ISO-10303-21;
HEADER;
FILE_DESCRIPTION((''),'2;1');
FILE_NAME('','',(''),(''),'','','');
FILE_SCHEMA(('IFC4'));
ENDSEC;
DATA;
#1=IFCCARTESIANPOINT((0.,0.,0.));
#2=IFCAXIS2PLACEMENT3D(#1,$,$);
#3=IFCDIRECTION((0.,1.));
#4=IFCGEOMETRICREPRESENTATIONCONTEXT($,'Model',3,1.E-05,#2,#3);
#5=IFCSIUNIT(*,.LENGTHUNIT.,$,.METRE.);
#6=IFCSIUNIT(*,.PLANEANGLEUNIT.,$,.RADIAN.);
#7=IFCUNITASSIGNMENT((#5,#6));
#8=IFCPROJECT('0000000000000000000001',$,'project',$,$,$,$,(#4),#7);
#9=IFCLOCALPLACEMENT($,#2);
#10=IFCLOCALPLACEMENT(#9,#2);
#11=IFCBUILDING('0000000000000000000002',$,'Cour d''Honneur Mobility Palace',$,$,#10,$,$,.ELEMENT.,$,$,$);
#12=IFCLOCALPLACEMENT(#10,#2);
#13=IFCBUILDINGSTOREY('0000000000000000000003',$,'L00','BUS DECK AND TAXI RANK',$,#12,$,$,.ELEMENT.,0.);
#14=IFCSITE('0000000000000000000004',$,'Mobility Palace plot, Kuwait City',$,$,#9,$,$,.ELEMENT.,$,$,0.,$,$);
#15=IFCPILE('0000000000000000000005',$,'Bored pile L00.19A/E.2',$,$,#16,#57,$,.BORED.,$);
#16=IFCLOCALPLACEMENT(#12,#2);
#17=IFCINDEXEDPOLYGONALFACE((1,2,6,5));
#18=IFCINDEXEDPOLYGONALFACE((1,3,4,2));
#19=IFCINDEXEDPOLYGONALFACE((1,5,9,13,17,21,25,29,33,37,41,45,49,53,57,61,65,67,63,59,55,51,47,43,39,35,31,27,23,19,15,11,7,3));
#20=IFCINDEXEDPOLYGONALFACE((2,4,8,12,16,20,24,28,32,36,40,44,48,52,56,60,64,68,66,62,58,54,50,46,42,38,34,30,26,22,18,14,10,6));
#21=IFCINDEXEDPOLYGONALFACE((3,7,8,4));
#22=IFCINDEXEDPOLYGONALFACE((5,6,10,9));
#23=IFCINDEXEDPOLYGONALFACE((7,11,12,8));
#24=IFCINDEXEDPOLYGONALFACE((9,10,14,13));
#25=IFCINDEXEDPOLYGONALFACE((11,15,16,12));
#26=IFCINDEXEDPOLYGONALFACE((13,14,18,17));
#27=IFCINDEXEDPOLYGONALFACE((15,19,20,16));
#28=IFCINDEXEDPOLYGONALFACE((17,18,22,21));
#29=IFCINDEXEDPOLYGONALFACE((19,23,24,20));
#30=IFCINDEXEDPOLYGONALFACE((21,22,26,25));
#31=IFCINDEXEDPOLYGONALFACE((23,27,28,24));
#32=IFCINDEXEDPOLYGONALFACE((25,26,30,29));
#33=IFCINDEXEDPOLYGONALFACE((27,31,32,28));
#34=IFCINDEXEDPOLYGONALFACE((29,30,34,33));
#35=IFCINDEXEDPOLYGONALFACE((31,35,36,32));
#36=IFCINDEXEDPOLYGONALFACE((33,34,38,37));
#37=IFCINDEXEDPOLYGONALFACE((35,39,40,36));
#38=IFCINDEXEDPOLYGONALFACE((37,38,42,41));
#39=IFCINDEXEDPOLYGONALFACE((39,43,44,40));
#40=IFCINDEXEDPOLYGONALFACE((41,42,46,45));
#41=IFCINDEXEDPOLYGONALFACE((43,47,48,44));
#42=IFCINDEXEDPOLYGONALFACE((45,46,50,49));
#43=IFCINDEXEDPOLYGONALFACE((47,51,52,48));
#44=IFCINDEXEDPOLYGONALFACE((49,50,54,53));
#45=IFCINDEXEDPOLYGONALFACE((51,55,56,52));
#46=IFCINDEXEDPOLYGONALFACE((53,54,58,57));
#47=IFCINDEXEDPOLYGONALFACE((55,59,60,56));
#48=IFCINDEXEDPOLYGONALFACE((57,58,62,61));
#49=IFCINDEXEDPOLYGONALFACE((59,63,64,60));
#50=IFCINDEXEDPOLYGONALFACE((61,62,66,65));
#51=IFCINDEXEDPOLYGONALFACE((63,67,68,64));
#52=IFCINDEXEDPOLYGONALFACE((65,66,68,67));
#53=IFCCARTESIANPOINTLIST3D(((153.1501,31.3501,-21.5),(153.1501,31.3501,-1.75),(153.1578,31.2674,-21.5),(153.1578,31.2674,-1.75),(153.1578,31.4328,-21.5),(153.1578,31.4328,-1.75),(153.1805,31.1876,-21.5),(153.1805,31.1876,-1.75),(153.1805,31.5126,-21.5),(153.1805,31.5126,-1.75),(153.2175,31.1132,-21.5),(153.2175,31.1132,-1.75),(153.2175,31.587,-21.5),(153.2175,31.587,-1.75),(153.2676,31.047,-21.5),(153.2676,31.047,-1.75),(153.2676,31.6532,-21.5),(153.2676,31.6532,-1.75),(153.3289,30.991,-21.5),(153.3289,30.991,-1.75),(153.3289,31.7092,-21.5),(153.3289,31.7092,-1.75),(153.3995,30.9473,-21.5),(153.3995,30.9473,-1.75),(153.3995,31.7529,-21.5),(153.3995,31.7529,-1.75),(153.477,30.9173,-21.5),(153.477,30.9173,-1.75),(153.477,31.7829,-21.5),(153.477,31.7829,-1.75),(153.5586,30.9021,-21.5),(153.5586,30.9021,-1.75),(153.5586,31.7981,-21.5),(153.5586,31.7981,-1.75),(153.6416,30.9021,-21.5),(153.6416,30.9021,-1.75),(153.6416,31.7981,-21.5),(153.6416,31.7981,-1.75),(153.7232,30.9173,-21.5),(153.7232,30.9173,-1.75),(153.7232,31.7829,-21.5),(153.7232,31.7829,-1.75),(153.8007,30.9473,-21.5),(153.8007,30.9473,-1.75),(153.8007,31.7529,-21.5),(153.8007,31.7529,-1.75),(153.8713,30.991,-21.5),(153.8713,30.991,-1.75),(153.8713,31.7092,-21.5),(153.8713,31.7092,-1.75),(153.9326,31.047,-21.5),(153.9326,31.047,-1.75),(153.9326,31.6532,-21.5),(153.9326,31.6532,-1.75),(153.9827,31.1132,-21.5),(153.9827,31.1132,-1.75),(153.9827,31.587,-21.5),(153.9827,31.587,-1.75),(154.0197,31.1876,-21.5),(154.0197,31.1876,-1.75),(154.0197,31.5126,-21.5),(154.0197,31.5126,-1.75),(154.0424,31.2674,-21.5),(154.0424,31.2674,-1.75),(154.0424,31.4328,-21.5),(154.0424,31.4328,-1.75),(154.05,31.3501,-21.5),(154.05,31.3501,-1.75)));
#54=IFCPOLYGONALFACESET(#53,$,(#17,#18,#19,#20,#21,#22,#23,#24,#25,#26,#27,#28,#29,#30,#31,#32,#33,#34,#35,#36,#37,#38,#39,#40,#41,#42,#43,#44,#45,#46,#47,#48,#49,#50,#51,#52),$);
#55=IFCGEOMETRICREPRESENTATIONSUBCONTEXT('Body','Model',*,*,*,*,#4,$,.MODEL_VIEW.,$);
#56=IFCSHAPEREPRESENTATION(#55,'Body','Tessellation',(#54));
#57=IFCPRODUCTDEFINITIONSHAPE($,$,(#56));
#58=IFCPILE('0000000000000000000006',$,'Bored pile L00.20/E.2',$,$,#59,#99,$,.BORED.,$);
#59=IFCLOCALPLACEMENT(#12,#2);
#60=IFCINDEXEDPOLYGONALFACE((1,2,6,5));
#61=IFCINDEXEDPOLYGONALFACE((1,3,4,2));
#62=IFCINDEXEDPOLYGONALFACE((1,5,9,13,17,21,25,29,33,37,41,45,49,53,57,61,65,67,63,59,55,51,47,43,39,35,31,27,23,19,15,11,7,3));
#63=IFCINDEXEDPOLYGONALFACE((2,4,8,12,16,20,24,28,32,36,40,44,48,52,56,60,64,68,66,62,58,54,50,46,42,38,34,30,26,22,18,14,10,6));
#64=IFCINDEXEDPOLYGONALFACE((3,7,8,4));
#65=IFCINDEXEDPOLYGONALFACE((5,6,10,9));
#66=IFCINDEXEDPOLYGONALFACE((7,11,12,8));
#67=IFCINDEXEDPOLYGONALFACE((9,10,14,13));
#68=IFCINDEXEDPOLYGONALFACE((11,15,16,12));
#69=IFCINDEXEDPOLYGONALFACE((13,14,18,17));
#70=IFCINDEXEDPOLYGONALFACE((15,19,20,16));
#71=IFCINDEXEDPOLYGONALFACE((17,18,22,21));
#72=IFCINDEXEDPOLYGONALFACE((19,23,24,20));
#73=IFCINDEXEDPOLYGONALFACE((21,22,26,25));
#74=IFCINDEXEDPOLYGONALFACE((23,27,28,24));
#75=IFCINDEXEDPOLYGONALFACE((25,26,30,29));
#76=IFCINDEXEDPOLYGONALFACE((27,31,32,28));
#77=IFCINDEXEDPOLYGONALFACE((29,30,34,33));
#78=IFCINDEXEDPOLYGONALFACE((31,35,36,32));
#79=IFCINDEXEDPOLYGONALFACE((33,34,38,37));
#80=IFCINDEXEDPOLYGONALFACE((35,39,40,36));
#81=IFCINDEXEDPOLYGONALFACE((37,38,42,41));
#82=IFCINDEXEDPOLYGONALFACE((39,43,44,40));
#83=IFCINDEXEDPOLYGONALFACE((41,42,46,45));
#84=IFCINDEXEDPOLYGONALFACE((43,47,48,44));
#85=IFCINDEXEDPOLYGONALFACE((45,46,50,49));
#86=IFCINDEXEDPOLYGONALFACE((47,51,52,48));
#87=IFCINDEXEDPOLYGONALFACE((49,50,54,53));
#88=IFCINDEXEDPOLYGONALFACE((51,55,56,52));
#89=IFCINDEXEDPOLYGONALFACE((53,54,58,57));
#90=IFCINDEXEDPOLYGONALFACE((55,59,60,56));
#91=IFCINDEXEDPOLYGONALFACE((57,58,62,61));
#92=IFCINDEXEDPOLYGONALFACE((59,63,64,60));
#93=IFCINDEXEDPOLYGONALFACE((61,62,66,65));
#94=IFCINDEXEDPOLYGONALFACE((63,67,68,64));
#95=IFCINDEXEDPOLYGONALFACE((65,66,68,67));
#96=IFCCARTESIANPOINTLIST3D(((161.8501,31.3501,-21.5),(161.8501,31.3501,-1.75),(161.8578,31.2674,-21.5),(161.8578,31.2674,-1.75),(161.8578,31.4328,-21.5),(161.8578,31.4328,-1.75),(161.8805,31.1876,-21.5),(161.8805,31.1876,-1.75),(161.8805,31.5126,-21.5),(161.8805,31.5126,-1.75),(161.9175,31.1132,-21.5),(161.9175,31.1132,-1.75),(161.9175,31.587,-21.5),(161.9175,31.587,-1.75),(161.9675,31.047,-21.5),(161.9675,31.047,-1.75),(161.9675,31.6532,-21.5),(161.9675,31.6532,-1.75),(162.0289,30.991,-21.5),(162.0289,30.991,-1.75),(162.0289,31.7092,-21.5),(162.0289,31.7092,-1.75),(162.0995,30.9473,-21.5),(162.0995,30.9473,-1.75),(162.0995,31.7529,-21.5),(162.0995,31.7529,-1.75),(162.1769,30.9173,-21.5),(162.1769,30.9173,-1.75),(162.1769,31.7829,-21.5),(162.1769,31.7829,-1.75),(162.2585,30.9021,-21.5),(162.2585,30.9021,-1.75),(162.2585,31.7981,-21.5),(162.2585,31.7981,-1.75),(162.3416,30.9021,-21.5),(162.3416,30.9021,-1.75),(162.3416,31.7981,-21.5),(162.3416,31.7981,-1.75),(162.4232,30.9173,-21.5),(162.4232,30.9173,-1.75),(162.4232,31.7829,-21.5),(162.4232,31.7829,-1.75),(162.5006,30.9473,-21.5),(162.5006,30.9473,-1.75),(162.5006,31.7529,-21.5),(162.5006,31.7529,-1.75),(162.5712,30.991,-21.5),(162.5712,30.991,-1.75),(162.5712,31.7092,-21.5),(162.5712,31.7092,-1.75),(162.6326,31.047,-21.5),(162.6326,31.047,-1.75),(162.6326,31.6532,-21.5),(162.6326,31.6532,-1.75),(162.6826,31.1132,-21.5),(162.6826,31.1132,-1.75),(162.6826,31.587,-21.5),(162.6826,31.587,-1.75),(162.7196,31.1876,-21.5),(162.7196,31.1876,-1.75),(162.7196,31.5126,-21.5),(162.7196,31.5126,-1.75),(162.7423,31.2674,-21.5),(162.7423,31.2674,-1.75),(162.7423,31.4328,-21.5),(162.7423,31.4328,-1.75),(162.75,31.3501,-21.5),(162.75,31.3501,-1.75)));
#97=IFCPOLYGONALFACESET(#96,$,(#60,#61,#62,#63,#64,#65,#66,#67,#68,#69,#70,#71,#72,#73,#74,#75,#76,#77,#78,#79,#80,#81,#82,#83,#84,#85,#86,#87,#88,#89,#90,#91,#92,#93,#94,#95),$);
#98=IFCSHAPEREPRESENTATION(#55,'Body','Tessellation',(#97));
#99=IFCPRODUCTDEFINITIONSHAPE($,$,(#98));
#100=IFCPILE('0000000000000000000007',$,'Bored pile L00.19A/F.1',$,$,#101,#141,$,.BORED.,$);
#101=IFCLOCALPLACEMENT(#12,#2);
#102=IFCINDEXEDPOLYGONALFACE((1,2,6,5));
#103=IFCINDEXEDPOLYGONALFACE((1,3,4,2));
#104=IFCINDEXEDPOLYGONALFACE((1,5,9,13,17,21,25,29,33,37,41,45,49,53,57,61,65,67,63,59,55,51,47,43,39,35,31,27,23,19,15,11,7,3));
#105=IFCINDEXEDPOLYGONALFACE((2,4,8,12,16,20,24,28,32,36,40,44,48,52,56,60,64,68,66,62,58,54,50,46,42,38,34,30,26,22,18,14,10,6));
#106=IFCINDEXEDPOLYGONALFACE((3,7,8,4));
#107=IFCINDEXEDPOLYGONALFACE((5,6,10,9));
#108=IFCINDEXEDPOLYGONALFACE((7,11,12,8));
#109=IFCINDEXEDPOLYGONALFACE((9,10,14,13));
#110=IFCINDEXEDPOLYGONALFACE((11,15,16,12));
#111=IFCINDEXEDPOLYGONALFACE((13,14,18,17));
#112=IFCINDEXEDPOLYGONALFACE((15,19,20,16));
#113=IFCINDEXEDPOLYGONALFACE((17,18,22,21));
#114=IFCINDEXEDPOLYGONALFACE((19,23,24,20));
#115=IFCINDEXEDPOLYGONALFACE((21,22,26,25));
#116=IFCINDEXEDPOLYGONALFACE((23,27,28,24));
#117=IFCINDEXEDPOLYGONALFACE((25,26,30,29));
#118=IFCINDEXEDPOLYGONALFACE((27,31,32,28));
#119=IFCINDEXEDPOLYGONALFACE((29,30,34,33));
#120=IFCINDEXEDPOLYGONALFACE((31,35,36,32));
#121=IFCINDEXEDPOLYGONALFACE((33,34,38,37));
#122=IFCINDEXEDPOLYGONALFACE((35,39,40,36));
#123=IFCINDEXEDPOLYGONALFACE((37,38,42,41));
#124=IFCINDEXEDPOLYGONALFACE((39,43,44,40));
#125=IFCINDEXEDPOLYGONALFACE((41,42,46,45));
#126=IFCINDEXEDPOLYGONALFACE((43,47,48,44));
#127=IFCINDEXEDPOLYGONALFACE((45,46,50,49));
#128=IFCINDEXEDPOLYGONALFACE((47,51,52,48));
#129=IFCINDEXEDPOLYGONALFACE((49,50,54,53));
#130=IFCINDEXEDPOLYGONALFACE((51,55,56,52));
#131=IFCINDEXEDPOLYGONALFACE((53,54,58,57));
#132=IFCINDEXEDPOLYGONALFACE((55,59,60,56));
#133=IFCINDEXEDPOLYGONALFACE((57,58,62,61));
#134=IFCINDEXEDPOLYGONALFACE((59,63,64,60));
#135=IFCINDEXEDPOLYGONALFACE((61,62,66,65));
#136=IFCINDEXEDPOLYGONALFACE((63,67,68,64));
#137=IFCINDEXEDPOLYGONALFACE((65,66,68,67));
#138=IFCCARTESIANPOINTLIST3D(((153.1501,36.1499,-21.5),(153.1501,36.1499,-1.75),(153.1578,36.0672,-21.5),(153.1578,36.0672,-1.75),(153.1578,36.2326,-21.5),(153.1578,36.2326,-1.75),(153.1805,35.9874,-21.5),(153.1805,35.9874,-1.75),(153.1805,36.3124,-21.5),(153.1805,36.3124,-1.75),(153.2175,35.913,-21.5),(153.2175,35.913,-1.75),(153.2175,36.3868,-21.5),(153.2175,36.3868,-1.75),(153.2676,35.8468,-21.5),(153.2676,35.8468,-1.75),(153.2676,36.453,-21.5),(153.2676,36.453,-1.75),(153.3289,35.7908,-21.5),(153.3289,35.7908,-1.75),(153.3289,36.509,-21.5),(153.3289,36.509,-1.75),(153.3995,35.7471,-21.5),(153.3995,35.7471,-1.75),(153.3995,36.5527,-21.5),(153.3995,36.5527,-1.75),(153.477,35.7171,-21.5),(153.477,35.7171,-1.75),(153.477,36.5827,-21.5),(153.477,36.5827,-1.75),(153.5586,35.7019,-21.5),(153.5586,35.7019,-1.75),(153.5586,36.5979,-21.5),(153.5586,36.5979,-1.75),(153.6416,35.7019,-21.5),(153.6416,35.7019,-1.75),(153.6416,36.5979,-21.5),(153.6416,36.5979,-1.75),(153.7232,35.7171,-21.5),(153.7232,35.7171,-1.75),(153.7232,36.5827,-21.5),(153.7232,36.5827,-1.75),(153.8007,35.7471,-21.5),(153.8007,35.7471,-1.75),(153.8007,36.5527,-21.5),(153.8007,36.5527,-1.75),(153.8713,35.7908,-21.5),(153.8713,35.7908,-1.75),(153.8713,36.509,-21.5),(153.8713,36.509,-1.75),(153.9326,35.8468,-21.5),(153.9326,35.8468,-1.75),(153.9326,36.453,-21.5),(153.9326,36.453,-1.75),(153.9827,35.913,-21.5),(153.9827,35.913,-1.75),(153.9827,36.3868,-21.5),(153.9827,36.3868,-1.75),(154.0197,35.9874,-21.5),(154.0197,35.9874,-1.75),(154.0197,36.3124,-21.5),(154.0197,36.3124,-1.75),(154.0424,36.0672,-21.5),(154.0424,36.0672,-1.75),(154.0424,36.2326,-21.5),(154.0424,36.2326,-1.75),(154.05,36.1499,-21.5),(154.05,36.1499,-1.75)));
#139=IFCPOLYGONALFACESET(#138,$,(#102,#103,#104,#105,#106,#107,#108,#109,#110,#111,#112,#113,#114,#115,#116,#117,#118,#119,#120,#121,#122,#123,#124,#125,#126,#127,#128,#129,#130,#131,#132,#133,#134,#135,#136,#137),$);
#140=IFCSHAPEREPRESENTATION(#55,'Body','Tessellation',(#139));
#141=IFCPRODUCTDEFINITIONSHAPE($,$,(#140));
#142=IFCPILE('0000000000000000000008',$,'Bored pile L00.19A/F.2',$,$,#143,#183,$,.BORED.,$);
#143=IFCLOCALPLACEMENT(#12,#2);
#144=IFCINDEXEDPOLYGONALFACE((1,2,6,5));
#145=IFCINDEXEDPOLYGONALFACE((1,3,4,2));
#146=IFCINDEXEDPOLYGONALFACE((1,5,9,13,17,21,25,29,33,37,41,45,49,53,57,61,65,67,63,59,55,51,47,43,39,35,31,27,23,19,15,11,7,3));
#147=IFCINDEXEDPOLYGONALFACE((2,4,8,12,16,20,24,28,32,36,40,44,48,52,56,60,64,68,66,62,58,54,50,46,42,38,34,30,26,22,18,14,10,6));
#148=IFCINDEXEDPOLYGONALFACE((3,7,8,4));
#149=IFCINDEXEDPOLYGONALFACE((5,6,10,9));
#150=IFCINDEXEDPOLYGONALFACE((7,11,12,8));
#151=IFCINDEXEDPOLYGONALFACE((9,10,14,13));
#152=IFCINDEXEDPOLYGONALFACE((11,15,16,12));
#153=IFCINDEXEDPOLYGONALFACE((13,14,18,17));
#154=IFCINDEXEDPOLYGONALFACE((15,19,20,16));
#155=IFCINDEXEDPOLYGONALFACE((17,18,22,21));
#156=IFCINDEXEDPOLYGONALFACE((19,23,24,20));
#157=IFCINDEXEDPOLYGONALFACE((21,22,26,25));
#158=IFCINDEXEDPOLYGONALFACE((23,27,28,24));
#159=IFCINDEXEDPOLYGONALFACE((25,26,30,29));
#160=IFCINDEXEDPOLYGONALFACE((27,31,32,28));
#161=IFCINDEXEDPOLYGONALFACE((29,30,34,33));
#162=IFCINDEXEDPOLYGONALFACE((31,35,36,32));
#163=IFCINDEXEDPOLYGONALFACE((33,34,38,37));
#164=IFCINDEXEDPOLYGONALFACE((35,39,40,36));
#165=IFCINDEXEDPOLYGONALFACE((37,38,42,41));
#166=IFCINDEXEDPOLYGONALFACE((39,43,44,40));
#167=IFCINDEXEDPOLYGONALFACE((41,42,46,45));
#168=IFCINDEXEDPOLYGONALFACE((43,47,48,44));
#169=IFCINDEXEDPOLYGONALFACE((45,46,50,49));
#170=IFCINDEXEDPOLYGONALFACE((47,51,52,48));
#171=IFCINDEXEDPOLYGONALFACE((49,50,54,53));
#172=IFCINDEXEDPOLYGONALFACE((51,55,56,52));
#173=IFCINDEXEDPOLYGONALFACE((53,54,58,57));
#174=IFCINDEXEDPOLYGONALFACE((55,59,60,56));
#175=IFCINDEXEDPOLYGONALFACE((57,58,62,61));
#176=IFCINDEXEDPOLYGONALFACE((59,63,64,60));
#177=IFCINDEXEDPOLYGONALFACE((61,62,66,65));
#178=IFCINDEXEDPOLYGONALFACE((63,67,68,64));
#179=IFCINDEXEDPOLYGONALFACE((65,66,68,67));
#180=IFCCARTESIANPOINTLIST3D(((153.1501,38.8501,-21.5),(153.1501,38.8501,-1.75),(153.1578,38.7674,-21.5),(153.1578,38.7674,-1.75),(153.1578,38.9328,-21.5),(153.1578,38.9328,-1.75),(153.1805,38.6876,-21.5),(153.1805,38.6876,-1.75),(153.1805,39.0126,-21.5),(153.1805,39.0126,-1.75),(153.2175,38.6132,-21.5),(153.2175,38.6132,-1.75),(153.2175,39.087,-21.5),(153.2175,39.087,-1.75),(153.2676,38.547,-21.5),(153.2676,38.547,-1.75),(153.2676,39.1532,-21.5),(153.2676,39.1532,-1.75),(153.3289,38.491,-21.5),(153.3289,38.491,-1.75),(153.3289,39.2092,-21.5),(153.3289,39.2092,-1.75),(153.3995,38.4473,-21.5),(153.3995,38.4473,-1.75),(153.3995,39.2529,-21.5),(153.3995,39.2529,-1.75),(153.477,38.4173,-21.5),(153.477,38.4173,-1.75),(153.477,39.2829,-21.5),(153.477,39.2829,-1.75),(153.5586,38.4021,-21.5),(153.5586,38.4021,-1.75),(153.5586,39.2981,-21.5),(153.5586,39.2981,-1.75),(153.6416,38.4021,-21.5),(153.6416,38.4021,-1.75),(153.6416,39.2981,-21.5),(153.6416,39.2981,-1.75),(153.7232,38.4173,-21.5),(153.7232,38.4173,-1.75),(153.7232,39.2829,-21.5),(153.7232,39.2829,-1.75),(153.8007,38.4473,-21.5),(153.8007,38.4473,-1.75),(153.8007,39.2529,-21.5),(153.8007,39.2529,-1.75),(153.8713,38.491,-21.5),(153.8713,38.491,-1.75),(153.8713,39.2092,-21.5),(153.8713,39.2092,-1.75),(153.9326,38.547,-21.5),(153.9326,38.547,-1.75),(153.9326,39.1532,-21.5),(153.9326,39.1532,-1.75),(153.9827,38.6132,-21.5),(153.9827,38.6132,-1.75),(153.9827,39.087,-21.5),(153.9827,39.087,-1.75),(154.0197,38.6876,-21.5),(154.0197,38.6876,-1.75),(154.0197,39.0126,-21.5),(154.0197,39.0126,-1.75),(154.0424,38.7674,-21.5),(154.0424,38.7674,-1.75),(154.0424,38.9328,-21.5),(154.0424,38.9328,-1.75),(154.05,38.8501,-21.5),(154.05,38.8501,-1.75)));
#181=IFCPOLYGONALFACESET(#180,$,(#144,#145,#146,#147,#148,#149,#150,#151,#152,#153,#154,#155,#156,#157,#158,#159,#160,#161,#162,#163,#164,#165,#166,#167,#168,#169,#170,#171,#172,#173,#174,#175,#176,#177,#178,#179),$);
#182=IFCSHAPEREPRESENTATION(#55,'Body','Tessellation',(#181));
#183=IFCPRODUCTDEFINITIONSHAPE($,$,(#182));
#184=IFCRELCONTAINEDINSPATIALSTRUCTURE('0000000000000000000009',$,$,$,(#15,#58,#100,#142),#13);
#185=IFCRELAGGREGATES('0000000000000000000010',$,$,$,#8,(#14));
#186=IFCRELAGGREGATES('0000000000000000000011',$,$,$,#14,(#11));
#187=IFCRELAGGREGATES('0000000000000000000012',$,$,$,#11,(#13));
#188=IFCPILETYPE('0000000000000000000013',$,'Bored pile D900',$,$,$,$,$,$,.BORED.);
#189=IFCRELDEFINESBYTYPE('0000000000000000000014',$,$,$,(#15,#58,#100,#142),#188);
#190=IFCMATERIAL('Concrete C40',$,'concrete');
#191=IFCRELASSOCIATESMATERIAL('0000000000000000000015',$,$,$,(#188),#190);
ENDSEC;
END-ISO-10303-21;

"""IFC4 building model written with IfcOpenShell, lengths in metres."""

from ifc_helpers import new_model, si_unit, direction, frame, origin, origin_2d, place, context, subcontext, project, spatial, circle, extrude, material, material_profile, profile_set, type_object, element, save


model = new_model("IFC4")

# Units and contexts
model_context = context("Model", 3, precision=1e-05, world=origin(), true_north=direction((0.0, 1.0)))
body_context = subcontext(model_context, "Body", "Model", "MODEL_VIEW")
ifc_project = project(units=[si_unit("LENGTHUNIT", "METRE"), si_unit("PLANEANGLEUNIT", "RADIAN")], contexts=[model_context])

# Site, building, storey
site_placement = place(None, origin())
site = spatial("IfcSite", under=ifc_project, at=site_placement, Name="Mobility Palace plot, Kuwait City", CompositionType="ELEMENT", RefElevation=0.0)
building_placement = place(site_placement, origin())
building = spatial("IfcBuilding", under=site, at=building_placement, Name="Cour d'Honneur Mobility Palace", CompositionType="ELEMENT")
storey_placement = place(building_placement, origin())
storey = spatial("IfcBuildingStorey", under=building, at=storey_placement, Name="L00", Description="BUS DECK AND TAXI RANK", CompositionType="ELEMENT", Elevation=0.0)

# Piles
ifc_material_1 = material(Name="Concrete C40", Category="concrete")
ifc_material_profile_1 = material_profile(ifc_material_1, circle(Radius=0.45, at=origin_2d()), Name="Bored pile D900")
ifc_profile_set_1 = profile_set([ifc_material_profile_1], Name="Concrete C40")
pile_type = type_object("IfcPileType", Name="Bored pile D900", PredefinedType="BORED", material=ifc_profile_set_1)
for number, where, z_axis, x_axis, name in (
    (1, (153.6001, 31.3501, -1.75), (0.0, 0.0, -1.0), (1.0, 0.0, 0.0), "Bored pile L00.19A/E.2"),
    (2, (162.3, 31.3501, -1.75), (0.0, 0.0, -1.0), (1.0, 0.0, 0.0), "Bored pile L00.20/E.2"),
    (3, (153.6001, 36.1499, -1.75), (0.0, 0.0, -1.0), (1.0, 0.0, 0.0), "Bored pile L00.19A/F.1"),
    (4, (153.6001, 38.8501, -1.75), (0.0, 0.0, -1.0), (1.0, 0.0, 0.0), "Bored pile L00.19A/F.2"),
):
    element("IfcPile", number, at=place(storey_placement, frame(where, z_axis=z_axis, x_axis=x_axis)), inside=storey, type_object=pile_type, Name=name, PredefinedType="BORED", context=body_context, shape_type="SweptSolid", body=[
        extrude(circle(Radius=0.45, at=origin_2d()), origin(), (0.0, 0.0, 1.0), 19.75),
    ])

save(model, "model.ifc")
